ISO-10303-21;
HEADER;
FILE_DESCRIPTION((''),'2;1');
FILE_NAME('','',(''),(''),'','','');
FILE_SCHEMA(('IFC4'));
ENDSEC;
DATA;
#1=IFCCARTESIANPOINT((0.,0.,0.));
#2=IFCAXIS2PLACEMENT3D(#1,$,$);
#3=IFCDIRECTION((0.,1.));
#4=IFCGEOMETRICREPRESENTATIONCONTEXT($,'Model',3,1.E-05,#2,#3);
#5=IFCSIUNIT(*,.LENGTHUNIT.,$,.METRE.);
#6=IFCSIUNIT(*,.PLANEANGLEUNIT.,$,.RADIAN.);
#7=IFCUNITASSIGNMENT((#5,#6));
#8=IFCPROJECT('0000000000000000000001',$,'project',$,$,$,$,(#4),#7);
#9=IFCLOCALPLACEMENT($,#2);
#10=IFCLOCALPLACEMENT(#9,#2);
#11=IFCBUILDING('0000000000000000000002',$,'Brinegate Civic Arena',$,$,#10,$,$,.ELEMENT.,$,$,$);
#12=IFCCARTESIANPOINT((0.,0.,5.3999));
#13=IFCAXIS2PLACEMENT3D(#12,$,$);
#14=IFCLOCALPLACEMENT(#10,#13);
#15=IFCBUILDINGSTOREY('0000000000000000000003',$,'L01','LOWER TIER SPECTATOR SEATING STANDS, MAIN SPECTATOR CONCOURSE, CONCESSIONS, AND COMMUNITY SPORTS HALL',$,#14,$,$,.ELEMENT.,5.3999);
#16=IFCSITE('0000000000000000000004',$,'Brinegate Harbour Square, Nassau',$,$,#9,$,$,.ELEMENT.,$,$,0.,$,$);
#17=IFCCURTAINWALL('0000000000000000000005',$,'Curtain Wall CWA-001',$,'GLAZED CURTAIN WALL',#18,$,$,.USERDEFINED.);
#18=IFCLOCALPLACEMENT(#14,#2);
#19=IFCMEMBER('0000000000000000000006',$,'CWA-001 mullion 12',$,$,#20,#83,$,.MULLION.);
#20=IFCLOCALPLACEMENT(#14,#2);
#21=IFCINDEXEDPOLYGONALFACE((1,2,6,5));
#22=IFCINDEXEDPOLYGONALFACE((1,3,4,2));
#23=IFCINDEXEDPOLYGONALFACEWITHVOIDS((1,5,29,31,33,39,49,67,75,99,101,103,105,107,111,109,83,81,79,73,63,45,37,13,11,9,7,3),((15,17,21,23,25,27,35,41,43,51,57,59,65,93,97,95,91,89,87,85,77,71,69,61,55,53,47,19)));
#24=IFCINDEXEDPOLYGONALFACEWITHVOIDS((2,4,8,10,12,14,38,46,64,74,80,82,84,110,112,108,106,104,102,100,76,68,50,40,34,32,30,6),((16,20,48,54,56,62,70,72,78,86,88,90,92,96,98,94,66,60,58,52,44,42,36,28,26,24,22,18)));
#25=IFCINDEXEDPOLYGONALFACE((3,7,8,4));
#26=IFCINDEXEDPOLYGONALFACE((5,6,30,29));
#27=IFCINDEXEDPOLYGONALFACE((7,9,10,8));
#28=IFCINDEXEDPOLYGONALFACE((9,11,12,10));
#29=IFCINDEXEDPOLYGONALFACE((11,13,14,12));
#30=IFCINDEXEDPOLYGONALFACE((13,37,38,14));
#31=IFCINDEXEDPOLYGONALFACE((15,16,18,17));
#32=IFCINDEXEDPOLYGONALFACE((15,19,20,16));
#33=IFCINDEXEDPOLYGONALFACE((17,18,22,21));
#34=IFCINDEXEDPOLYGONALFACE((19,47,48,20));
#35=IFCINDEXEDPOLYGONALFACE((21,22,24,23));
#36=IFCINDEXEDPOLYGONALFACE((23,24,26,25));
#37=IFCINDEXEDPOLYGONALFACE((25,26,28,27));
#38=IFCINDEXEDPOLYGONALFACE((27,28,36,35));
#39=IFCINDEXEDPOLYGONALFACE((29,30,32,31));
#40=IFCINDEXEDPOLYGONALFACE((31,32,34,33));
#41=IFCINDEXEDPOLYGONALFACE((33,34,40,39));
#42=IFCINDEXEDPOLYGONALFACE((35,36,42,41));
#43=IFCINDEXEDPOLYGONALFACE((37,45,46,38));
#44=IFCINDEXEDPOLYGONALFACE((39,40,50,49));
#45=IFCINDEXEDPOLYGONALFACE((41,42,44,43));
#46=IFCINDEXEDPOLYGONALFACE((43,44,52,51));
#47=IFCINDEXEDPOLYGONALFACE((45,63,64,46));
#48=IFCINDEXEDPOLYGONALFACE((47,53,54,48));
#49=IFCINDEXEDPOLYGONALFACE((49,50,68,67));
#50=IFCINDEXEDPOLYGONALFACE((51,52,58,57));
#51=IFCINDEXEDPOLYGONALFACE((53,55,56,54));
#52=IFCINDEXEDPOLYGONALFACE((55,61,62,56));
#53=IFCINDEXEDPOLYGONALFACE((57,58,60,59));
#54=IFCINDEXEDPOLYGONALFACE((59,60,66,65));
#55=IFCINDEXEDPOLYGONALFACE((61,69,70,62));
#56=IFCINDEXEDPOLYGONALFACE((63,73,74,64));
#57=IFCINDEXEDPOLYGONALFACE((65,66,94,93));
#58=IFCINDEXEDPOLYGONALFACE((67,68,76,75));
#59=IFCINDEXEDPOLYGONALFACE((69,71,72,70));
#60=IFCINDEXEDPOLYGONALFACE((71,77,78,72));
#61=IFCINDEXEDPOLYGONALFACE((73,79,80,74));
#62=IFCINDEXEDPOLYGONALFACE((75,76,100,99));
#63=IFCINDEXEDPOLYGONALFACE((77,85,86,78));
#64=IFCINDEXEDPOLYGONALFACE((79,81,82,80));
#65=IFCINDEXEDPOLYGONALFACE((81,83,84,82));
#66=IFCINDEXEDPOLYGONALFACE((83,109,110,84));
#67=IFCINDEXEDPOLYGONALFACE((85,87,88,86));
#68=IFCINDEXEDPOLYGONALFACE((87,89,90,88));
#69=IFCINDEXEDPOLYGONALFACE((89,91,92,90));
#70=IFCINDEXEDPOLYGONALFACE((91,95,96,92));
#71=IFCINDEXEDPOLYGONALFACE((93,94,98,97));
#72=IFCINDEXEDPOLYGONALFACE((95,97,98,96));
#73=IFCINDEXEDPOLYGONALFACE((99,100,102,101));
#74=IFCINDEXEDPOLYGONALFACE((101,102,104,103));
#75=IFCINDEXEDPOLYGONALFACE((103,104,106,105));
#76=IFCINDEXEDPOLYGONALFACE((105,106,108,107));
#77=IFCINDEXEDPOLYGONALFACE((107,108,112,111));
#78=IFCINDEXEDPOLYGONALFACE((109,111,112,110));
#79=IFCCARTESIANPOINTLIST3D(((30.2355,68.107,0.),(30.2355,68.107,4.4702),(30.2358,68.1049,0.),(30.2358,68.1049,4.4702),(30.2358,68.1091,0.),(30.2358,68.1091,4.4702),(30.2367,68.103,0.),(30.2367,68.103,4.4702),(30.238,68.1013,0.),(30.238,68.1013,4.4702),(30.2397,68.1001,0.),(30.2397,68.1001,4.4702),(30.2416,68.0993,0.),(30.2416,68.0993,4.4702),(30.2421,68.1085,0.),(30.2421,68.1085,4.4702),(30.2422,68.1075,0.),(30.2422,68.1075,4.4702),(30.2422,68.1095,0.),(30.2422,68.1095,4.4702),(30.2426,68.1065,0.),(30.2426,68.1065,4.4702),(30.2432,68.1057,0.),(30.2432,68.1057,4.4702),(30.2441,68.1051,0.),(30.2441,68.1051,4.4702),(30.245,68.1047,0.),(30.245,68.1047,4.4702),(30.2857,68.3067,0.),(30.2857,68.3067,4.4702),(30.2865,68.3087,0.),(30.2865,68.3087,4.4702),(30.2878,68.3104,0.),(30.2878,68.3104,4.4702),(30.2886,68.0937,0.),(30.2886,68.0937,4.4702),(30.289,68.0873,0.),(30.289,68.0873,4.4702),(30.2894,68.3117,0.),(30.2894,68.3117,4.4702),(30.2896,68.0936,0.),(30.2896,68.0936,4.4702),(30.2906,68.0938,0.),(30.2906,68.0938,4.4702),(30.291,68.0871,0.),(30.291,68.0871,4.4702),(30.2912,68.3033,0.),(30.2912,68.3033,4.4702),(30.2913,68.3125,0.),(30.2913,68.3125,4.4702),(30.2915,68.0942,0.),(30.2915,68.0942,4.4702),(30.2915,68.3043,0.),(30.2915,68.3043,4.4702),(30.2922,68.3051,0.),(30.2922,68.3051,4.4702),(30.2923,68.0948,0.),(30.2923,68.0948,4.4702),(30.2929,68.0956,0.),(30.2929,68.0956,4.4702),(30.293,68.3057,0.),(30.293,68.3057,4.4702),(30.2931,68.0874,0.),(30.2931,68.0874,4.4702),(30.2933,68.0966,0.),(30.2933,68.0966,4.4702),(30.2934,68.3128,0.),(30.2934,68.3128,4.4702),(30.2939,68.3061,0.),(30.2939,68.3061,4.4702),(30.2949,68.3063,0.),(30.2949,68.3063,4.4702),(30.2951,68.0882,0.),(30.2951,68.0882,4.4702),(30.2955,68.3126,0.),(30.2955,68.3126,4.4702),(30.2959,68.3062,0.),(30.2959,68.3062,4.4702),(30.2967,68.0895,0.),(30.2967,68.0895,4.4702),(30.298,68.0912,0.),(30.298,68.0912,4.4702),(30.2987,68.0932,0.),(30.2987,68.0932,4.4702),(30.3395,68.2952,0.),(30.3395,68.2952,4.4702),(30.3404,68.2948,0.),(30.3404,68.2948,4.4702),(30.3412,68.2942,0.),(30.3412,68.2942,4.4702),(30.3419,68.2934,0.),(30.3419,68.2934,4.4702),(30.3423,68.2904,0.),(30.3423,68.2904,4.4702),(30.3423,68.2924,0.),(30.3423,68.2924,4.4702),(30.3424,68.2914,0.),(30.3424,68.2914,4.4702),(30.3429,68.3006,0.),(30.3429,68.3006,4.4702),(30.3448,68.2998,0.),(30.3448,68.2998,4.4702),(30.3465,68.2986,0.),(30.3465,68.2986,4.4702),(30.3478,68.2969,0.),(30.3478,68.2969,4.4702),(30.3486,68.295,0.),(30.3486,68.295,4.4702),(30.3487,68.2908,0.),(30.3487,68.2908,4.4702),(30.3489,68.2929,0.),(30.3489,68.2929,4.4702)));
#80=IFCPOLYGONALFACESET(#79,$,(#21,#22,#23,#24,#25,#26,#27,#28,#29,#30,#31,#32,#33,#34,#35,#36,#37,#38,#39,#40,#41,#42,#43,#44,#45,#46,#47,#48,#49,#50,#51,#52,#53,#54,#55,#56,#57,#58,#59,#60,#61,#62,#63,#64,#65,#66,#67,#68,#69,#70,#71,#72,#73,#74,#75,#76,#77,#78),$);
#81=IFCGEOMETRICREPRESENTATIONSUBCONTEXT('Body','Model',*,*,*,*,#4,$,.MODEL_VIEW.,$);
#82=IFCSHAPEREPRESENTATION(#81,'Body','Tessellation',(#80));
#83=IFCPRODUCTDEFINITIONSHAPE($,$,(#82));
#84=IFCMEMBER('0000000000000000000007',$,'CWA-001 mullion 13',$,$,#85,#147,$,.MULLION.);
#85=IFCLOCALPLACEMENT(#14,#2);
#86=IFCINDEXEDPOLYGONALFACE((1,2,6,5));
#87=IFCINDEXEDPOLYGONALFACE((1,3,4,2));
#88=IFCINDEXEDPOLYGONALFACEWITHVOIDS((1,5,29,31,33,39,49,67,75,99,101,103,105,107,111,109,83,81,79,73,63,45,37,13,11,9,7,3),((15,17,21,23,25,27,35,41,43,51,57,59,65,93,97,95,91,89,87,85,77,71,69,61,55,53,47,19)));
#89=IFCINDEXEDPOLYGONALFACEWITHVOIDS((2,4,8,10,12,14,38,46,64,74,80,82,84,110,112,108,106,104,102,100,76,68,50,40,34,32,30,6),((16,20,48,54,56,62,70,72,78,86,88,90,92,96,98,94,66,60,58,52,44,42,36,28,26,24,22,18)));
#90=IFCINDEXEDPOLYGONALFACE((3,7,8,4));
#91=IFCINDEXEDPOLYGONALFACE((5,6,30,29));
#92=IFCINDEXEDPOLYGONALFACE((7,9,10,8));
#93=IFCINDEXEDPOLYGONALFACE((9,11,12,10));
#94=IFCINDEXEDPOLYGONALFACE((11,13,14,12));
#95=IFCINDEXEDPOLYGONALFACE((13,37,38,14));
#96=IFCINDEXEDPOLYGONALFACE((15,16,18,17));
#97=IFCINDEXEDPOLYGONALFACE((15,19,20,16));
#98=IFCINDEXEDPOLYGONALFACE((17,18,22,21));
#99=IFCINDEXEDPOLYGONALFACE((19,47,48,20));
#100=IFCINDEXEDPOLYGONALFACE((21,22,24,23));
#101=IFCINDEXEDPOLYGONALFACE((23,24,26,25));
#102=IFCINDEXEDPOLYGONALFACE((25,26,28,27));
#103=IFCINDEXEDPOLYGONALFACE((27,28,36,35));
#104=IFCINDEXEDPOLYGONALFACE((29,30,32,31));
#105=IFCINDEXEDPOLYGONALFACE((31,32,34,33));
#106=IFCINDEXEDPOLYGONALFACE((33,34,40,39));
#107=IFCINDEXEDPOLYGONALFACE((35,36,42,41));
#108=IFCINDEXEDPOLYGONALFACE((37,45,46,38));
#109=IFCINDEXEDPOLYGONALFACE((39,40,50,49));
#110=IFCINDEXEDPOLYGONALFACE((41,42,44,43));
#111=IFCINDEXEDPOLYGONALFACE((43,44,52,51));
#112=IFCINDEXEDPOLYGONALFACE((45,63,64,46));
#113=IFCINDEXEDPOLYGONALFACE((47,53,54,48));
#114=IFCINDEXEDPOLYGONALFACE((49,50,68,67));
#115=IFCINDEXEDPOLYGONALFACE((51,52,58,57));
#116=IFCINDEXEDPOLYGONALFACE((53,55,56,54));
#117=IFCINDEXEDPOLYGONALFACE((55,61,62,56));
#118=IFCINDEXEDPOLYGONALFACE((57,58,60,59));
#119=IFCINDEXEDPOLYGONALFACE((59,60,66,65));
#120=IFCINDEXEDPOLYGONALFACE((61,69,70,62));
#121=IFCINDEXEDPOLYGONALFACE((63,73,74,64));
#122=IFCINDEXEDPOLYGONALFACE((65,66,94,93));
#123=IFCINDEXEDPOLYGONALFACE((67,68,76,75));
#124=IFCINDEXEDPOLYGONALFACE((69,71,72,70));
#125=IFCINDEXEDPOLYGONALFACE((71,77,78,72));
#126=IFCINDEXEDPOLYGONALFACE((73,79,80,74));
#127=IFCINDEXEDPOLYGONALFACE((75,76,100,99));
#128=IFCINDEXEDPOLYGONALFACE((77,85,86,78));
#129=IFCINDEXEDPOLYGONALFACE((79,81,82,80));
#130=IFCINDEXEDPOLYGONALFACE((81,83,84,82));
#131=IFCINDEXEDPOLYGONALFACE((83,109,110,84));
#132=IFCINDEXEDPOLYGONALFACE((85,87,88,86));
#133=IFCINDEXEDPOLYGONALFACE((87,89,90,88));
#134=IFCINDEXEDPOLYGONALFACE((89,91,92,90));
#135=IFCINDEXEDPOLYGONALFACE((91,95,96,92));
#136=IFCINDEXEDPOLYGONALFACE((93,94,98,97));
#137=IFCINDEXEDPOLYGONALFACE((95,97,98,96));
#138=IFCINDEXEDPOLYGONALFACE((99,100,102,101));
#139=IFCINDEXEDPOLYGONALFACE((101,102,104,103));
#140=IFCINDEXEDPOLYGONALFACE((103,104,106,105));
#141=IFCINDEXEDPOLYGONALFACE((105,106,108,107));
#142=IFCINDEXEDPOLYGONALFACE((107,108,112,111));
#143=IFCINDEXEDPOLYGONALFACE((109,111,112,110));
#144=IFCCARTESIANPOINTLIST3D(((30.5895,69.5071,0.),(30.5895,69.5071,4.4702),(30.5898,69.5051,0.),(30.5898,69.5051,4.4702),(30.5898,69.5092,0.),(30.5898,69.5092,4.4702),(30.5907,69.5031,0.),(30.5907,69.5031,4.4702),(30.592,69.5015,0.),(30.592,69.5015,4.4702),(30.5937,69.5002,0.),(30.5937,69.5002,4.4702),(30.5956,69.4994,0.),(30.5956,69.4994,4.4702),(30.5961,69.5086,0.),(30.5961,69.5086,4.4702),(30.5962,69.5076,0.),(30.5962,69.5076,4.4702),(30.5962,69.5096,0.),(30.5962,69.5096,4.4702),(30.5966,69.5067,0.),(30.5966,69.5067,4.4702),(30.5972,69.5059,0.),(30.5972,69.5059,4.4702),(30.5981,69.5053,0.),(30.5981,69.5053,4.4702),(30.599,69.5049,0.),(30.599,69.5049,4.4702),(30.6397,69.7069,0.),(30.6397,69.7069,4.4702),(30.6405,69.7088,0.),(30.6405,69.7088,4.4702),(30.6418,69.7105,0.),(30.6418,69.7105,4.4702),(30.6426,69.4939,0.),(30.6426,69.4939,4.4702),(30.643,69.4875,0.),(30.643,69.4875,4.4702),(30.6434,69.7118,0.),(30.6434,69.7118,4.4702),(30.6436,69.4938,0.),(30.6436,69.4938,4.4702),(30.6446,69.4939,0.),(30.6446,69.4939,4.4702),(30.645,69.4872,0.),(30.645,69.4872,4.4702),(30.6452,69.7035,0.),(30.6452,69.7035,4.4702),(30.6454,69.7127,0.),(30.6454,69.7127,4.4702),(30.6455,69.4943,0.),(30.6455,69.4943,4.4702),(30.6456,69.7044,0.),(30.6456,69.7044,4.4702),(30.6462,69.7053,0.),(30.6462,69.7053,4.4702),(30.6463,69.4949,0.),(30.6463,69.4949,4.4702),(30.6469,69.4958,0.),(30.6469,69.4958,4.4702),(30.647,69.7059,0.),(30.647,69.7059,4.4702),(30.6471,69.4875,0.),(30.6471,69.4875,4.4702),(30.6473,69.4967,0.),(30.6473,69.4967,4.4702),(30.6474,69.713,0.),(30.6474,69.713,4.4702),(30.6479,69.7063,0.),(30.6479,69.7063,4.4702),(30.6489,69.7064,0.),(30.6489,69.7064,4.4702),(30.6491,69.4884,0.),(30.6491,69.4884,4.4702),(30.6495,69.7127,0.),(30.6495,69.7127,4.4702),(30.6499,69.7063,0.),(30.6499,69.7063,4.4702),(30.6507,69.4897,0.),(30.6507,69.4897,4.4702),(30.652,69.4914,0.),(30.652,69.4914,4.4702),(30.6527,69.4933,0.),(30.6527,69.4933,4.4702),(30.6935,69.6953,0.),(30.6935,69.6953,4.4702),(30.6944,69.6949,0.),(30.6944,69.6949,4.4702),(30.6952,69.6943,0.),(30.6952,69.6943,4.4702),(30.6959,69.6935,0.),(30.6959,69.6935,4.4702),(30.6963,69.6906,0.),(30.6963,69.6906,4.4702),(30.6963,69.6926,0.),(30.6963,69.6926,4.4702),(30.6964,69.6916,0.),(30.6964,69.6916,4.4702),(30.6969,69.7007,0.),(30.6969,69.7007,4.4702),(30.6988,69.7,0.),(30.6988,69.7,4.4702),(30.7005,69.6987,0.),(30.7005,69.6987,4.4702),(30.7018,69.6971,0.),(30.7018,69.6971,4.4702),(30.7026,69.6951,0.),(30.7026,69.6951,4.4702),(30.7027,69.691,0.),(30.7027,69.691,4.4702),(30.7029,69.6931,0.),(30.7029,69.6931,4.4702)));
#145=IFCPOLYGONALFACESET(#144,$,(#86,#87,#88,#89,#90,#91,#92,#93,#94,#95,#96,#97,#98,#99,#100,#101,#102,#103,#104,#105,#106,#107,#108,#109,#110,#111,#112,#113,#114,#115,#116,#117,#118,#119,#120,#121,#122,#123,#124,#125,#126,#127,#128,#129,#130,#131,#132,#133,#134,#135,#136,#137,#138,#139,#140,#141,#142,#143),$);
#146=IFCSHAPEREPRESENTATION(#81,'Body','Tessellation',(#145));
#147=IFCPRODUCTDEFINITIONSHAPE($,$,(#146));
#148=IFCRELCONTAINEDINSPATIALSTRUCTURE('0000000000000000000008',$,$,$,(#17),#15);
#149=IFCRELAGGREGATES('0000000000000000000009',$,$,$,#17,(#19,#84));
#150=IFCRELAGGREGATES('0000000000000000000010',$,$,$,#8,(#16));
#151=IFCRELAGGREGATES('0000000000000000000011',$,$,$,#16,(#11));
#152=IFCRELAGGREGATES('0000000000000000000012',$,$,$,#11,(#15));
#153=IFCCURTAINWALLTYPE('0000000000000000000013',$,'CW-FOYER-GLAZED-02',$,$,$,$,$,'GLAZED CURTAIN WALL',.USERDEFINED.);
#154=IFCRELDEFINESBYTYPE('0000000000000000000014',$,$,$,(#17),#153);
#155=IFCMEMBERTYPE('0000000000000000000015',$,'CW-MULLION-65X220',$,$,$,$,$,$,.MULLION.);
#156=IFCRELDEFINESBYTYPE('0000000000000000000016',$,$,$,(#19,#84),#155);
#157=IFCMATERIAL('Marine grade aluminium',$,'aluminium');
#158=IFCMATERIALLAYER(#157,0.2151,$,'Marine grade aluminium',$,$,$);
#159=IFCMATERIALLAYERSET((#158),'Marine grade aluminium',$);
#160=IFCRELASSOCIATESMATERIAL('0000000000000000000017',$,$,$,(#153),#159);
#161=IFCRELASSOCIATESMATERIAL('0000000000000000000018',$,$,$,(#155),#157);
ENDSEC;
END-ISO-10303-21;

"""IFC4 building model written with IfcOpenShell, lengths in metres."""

from ifc_helpers import new_model, si_unit, direction, frame, origin, origin_2d, place, context, subcontext, project, spatial, hollow_rectangle, extrude, material, layer, layer_set, material_profile, profile_set, type_object, element, aggregate, save


model = new_model("IFC4")

# Units and contexts
model_context = context("Model", 3, precision=1e-05, world=origin(), true_north=direction((0.0, 1.0)))
body_context = subcontext(model_context, "Body", "Model", "MODEL_VIEW")
ifc_project = project(units=[si_unit("LENGTHUNIT", "METRE"), si_unit("PLANEANGLEUNIT", "RADIAN")], contexts=[model_context])

# Site, building, storey
site_placement = place(None, origin())
site = spatial("IfcSite", under=ifc_project, at=site_placement, Name="Brinegate Harbour Square, Nassau", CompositionType="ELEMENT", RefElevation=0.0)
building_placement = place(site_placement, origin())
building = spatial("IfcBuilding", under=site, at=building_placement, Name="Brinegate Civic Arena", CompositionType="ELEMENT")
storey_placement = place(building_placement, frame((0.0, 0.0, 5.3999)))
storey = spatial("IfcBuildingStorey", under=building, at=storey_placement, Name="L01", Description="LOWER TIER SPECTATOR SEATING STANDS, MAIN SPECTATOR CONCOURSE, CONCESSIONS, AND COMMUNITY SPORTS HALL", CompositionType="ELEMENT", Elevation=5.3999)

# Curtain wall, members
ifc_material_1 = material(Name="Marine grade aluminium", Category="aluminium")
ifc_layer_1 = layer(ifc_material_1, 0.2151, Name="Marine grade aluminium")
ifc_layer_set_1 = layer_set([ifc_layer_1], Name="Marine grade aluminium")
curtain_wall_type = type_object("IfcCurtainWallType", Name="CW-FOYER-GLAZED-02", ElementType="GLAZED CURTAIN WALL", PredefinedType="USERDEFINED", material=ifc_layer_set_1)
curtain_wall_placement = place(storey_placement, origin())
curtain_wall = element("IfcCurtainWall", 1, at=curtain_wall_placement, inside=storey, type_object=curtain_wall_type, Name="Curtain Wall CWA-001", ObjectType="GLAZED CURTAIN WALL", PredefinedType="USERDEFINED")
ifc_material_profile_1 = material_profile(ifc_material_1, hollow_rectangle(XDim=0.0649, YDim=0.22, WallThickness=0.0061, InnerFilletRadius=0.0039, OuterFilletRadius=0.0081, at=origin_2d()), Name="MUL65X220")
ifc_profile_set_1 = profile_set([ifc_material_profile_1], Name="Marine grade aluminium")
member_type_1 = type_object("IfcMemberType", Name="CW-MULLION-65X220", PredefinedType="MULLION", material=ifc_profile_set_1)
member_1_placement = place(storey_placement, frame((30.2922, 68.2, 0.0), z_axis=(0.0, 0.0, 1.0), x_axis=(-0.969513, 0.245042, 0.0)))
member_1 = element("IfcMember", 2, at=member_1_placement, type_object=member_type_1, Name="CWA-001 mullion 12", PredefinedType="MULLION", context=body_context, shape_type="SweptSolid", body=[
    extrude(hollow_rectangle(XDim=0.0649, YDim=0.22, WallThickness=0.0061, InnerFilletRadius=0.0039, OuterFilletRadius=0.0081, at=origin_2d()), origin(), (0.0, 0.0, 1.0), 4.4702),
])
member_2_placement = place(storey_placement, frame((30.6462, 69.6001, 0.0), z_axis=(0.0, 0.0, 1.0), x_axis=(-0.969513, 0.245042, 0.0)))
member_2 = element("IfcMember", 3, at=member_2_placement, type_object=member_type_1, Name="CWA-001 mullion 13", PredefinedType="MULLION", context=body_context, shape_type="SweptSolid", body=[
    extrude(hollow_rectangle(XDim=0.0649, YDim=0.22, WallThickness=0.0061, InnerFilletRadius=0.0039, OuterFilletRadius=0.0081, at=origin_2d()), origin(), (0.0, 0.0, 1.0), 4.4702),
])
aggregate(curtain_wall, [member_1, member_2])

save(model, "model.ifc")
